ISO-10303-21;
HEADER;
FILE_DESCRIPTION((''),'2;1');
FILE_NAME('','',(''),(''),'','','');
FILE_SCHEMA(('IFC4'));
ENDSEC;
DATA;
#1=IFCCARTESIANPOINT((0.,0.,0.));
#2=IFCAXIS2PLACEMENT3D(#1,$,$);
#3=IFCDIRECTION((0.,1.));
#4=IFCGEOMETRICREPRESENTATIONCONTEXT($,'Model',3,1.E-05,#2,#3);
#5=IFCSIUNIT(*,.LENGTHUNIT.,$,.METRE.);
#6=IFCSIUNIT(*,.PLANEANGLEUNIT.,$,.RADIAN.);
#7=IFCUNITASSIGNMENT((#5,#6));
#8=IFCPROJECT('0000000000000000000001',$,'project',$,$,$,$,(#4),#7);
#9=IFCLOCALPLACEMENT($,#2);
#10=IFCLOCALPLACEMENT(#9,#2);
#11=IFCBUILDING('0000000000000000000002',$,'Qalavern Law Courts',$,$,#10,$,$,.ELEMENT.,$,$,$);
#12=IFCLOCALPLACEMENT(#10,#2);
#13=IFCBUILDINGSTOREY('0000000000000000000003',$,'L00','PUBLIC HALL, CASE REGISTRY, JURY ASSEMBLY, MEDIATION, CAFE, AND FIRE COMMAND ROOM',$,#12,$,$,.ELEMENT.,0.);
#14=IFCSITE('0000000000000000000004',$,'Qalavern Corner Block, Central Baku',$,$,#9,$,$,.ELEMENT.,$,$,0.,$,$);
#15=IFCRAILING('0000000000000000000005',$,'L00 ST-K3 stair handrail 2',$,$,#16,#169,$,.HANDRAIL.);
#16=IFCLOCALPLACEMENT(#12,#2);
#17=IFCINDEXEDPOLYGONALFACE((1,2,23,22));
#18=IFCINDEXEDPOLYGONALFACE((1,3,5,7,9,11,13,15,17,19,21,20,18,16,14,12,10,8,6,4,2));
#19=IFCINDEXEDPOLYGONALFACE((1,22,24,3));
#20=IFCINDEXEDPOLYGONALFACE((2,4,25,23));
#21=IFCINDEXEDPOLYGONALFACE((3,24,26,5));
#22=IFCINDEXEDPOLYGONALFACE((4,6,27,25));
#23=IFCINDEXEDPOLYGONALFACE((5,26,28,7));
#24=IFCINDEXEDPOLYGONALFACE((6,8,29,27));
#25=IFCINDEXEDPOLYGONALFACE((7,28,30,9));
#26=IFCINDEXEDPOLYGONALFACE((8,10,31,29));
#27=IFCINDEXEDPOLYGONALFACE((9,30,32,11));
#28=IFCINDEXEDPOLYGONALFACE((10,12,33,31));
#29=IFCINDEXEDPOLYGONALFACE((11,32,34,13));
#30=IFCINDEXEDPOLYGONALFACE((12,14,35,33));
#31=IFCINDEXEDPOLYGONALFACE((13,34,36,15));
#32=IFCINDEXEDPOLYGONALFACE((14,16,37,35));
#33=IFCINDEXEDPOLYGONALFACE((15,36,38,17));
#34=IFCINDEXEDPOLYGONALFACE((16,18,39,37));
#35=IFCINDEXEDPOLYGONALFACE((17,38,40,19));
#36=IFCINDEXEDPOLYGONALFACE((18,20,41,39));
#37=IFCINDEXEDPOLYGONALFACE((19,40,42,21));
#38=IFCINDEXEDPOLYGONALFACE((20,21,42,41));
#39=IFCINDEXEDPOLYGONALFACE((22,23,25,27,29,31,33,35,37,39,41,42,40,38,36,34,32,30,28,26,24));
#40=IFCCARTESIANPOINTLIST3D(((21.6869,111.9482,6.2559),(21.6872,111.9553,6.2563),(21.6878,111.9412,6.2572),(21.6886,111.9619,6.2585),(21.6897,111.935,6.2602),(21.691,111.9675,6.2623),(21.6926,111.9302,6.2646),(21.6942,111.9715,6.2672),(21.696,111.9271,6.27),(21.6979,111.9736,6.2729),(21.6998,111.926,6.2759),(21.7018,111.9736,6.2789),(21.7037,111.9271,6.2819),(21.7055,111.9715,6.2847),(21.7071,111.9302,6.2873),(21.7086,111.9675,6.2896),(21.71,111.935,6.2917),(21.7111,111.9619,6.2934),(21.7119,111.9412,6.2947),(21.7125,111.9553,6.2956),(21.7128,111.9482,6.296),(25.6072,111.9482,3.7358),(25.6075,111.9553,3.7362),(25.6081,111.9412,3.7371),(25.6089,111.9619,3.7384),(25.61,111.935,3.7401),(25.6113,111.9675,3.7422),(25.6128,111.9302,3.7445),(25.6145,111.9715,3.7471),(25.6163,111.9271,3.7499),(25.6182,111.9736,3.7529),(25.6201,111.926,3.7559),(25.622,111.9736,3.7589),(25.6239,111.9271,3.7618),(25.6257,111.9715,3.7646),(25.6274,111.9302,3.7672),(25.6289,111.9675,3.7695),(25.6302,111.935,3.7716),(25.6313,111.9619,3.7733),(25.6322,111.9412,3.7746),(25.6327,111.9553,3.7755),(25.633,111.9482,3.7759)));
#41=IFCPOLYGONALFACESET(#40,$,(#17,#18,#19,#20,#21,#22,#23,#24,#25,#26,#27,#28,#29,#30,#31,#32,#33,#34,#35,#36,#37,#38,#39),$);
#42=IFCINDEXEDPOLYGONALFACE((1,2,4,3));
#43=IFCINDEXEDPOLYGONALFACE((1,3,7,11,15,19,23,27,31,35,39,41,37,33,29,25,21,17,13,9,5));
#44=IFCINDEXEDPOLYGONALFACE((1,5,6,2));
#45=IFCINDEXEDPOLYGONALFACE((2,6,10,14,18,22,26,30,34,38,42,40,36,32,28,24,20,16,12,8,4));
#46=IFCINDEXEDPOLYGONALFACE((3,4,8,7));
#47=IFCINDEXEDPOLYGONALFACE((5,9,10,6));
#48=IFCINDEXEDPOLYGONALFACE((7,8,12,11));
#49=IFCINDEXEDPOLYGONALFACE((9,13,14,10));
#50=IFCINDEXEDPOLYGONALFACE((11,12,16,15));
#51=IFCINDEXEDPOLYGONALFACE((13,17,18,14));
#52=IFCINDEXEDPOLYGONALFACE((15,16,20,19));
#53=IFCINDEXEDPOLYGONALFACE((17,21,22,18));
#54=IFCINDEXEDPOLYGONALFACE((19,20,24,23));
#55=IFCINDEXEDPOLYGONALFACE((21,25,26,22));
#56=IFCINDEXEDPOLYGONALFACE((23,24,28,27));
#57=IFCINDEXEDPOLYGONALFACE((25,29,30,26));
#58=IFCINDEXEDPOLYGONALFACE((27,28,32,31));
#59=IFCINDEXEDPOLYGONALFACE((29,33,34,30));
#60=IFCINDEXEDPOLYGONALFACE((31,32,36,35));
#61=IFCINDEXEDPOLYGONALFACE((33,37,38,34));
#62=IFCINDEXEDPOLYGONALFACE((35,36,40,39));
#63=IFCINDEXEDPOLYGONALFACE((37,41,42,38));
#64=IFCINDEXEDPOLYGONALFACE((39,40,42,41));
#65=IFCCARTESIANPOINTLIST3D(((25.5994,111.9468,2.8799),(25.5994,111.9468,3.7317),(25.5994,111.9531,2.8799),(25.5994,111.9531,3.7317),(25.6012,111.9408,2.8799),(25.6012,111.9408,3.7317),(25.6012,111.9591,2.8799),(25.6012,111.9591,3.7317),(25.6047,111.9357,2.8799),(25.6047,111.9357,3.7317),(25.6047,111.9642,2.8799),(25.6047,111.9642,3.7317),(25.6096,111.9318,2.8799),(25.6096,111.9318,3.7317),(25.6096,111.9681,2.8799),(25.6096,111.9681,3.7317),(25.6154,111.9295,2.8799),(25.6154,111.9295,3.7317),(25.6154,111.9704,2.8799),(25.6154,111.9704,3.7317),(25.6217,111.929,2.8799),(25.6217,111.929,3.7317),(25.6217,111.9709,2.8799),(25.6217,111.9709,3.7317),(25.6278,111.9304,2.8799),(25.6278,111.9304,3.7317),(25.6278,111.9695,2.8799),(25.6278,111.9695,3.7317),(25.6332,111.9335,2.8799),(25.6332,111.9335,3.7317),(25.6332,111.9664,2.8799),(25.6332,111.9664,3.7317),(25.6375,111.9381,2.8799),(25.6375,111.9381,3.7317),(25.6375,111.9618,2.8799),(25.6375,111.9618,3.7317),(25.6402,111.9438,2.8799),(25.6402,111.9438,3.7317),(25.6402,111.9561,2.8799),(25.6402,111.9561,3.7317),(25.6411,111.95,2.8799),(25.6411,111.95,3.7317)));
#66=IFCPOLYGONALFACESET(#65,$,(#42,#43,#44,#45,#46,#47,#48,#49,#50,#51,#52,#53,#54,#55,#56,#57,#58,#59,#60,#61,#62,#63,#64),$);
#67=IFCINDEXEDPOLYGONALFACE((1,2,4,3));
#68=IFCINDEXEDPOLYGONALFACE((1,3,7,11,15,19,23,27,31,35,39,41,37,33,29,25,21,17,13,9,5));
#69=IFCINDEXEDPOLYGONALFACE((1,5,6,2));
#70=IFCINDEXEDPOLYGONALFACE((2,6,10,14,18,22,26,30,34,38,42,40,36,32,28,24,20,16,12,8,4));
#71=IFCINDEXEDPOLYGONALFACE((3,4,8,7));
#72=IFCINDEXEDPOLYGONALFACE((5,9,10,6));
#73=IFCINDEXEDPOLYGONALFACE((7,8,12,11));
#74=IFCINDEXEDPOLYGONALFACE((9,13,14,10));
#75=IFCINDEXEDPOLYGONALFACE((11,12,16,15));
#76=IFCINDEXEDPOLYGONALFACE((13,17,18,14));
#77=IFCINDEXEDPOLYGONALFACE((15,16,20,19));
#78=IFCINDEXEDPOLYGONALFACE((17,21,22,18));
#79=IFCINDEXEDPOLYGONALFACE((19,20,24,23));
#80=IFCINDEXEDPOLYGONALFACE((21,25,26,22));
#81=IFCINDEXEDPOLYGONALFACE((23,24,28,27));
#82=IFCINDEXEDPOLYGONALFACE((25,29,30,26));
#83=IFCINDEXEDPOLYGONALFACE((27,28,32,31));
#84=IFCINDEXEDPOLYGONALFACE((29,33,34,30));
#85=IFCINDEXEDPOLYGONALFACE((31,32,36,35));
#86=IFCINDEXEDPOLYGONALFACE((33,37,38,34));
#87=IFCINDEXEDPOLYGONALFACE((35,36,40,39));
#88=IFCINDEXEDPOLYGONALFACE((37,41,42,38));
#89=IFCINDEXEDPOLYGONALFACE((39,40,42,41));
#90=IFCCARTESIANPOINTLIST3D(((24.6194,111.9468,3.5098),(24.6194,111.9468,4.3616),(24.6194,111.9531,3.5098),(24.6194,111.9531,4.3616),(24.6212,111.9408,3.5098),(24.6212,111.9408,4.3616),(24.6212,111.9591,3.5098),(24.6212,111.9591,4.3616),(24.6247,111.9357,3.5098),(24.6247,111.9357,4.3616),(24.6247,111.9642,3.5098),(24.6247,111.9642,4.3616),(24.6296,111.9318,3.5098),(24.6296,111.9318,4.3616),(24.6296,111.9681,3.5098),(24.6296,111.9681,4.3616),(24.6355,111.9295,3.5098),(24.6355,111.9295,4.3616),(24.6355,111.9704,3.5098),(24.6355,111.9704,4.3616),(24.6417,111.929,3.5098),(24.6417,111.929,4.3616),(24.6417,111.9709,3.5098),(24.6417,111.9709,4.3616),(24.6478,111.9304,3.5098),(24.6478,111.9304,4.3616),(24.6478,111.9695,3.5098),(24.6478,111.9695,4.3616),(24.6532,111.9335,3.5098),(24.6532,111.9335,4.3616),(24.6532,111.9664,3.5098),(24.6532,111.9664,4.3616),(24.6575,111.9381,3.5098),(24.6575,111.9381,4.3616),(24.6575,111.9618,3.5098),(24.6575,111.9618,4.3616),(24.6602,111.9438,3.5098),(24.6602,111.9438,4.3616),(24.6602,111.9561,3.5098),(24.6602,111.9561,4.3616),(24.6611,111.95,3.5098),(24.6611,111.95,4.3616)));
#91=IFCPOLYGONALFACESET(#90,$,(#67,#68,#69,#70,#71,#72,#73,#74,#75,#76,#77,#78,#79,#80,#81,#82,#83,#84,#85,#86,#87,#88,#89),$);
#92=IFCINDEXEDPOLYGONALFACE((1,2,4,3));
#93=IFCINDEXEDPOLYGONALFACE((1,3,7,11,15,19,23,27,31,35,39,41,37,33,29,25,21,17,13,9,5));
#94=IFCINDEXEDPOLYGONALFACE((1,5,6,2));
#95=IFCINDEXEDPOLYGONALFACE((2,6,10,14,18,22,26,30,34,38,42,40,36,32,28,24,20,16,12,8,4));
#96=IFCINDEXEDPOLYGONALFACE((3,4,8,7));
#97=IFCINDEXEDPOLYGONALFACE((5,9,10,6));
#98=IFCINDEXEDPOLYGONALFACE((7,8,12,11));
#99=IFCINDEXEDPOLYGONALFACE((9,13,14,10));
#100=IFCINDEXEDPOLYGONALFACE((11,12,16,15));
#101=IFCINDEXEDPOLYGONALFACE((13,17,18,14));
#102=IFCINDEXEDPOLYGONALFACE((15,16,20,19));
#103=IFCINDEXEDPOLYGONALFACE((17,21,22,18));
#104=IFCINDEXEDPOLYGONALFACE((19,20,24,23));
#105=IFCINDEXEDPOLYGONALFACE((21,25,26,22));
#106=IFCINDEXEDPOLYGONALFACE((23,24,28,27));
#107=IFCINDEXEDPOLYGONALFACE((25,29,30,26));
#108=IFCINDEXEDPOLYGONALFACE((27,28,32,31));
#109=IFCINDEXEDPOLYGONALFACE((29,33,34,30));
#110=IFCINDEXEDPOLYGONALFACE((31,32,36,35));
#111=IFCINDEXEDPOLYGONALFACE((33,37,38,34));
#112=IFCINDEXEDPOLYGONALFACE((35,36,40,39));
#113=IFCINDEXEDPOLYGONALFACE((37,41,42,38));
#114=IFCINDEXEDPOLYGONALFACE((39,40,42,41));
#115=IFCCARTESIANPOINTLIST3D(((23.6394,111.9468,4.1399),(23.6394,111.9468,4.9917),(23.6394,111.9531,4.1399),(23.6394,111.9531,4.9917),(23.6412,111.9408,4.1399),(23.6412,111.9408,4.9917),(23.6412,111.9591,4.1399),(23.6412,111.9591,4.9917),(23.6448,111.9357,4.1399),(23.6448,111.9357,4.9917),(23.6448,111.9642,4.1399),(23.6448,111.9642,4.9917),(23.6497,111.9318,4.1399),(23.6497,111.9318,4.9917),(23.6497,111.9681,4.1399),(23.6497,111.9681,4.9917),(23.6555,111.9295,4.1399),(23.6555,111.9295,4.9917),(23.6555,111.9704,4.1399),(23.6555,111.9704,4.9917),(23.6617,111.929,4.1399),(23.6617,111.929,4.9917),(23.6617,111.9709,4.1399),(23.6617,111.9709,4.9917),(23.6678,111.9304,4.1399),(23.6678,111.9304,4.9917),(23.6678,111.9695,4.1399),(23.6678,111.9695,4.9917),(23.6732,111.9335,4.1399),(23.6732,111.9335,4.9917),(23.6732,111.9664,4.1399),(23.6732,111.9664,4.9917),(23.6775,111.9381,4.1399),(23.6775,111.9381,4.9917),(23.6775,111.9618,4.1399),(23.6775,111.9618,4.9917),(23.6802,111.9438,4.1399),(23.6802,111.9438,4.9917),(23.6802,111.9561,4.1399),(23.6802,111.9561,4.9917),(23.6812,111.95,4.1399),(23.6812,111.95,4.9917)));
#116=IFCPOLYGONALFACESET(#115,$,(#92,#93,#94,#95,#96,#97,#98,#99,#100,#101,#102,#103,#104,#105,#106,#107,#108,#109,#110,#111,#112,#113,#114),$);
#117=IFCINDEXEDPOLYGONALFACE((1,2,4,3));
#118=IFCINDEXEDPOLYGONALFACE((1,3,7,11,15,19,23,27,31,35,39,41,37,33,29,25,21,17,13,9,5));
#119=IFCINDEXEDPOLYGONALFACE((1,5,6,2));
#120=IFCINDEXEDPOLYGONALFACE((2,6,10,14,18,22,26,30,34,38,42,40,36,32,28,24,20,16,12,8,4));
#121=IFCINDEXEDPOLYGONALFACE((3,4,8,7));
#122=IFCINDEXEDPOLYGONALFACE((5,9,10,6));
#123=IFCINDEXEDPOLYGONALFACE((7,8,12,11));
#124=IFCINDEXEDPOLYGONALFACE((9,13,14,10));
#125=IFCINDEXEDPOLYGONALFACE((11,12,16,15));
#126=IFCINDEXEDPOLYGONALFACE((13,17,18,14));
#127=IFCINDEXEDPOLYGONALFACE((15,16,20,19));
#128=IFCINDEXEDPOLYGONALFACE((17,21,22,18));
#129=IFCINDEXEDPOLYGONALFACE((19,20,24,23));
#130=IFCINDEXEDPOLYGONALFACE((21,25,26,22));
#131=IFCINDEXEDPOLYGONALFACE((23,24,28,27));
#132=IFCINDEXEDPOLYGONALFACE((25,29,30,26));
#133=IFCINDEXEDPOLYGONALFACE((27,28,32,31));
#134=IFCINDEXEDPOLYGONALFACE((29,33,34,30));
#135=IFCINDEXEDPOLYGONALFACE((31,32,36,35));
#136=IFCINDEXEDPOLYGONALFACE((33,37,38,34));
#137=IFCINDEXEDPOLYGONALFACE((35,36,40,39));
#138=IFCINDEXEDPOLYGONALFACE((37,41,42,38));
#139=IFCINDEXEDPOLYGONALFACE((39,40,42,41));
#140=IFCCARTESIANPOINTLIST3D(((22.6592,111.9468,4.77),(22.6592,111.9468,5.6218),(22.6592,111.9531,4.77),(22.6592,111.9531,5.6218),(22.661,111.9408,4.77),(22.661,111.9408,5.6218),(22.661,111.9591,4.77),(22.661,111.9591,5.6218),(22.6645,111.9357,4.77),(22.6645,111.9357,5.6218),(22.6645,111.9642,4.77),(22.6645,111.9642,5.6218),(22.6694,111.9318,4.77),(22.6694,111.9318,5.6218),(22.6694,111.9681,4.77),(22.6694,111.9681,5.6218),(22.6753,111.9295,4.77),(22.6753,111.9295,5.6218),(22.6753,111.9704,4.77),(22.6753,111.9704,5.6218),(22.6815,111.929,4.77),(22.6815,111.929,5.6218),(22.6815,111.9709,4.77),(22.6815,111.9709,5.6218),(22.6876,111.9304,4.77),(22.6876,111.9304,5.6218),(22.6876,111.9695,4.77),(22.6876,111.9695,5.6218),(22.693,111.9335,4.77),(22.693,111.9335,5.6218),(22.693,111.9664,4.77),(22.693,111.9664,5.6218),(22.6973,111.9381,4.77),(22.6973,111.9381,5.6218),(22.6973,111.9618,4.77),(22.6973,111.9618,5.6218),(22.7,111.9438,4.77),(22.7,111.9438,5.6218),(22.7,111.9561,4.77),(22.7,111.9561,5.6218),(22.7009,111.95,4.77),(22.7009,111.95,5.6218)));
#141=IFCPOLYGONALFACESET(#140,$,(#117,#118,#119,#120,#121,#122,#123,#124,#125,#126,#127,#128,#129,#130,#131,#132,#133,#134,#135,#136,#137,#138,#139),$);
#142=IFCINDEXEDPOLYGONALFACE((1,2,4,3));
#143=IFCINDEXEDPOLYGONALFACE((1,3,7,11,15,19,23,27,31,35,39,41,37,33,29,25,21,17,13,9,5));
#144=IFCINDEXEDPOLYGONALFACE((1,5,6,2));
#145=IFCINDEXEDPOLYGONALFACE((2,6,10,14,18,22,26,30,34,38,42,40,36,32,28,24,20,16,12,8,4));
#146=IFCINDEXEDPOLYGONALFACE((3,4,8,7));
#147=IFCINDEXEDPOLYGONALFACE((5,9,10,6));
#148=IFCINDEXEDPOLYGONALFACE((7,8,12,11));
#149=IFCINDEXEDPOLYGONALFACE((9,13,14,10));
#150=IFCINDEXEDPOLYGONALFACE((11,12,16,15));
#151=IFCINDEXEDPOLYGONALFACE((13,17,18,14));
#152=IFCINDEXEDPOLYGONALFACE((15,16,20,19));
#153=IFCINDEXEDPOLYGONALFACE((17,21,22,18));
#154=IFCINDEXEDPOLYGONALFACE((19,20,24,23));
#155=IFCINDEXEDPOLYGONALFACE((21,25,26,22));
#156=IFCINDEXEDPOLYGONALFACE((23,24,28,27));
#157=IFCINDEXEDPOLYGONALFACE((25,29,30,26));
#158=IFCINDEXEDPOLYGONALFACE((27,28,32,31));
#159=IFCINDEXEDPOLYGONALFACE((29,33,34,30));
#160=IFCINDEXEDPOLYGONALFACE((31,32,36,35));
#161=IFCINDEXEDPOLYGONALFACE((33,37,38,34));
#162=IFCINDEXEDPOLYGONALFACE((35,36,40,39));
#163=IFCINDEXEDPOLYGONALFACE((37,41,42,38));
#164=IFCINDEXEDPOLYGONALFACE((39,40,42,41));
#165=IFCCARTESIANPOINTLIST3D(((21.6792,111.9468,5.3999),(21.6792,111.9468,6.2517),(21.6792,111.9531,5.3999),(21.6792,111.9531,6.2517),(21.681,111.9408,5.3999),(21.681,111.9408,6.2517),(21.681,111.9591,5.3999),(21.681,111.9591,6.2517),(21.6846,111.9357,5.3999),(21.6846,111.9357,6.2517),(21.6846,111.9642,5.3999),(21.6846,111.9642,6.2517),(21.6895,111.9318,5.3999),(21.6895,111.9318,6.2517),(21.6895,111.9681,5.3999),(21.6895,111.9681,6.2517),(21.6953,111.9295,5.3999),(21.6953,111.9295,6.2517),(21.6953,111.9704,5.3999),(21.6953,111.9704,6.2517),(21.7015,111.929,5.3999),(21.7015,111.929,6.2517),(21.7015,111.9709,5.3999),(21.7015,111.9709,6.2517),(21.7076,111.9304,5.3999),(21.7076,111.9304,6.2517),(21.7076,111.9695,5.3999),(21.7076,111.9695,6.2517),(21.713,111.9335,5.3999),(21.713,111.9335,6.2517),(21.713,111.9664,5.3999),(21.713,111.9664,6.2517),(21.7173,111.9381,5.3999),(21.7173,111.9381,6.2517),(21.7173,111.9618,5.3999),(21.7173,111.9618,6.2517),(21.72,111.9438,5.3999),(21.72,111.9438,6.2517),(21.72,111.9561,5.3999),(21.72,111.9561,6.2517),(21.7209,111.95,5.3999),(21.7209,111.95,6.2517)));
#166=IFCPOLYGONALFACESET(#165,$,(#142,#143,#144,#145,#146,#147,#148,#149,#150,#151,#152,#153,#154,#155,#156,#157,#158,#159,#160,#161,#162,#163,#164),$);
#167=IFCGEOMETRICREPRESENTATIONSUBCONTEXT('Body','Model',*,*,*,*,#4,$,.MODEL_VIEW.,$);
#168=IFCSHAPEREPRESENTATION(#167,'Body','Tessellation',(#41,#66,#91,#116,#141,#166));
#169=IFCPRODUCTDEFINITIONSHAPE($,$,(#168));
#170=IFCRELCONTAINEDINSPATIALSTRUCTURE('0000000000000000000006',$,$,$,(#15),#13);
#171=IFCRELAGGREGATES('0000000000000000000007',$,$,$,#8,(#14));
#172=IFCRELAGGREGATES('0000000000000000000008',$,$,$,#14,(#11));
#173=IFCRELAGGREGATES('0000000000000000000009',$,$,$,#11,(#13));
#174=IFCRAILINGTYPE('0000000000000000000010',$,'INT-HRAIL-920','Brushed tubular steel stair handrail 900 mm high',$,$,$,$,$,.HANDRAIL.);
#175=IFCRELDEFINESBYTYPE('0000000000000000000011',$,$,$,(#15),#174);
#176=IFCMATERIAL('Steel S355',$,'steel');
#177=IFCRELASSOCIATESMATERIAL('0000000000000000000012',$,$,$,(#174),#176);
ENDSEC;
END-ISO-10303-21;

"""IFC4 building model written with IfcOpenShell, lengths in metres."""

from ifc_helpers import new_model, si_unit, direction, frame, origin, origin_2d, place, context, subcontext, project, spatial, circle, extrude, material, type_object, element, save


model = new_model("IFC4")

# Units and contexts
model_context = context("Model", 3, precision=1e-05, world=origin(), true_north=direction((0.0, 1.0)))
body_context = subcontext(model_context, "Body", "Model", "MODEL_VIEW")
ifc_project = project(units=[si_unit("LENGTHUNIT", "METRE"), si_unit("PLANEANGLEUNIT", "RADIAN")], contexts=[model_context])

# Site, building, storey
site_placement = place(None, origin())
site = spatial("IfcSite", under=ifc_project, at=site_placement, Name="Qalavern Corner Block, Central Baku", CompositionType="ELEMENT", RefElevation=0.0)
building_placement = place(site_placement, origin())
building = spatial("IfcBuilding", under=site, at=building_placement, Name="Qalavern Law Courts", CompositionType="ELEMENT")
storey_placement = place(building_placement, origin())
storey = spatial("IfcBuildingStorey", under=building, at=storey_placement, Name="L00", Description="PUBLIC HALL, CASE REGISTRY, JURY ASSEMBLY, MEDIATION, CAFE, AND FIRE COMMAND ROOM", CompositionType="ELEMENT", Elevation=0.0)

# Railing
ifc_material_1 = material(Name="Steel S355", Category="steel")
railing_type_1 = type_object("IfcRailingType", Name="INT-HRAIL-920", Description="Brushed tubular steel stair handrail 900 mm high", PredefinedType="HANDRAIL", material=ifc_material_1)
railing_1_placement = place(storey_placement, frame((25.6201, 111.95, 2.8799)))
element("IfcRailing", 1, at=railing_1_placement, inside=storey, type_object=railing_type_1, Name="L00 ST-K3 stair handrail 2", PredefinedType="HANDRAIL", context=body_context, shape_type="SweptSolid", body=[
    extrude(circle(Radius=0.0239, at=origin_2d()), frame((0.0, 0.0, 0.876), z_axis=(-0.841187, 0.0, 0.540744), x_axis=(0.0, -1.0, 0.0)), (0.0, 0.0, 1.0), 4.6604),
    extrude(circle(Radius=0.021, at=origin_2d()), origin(), (0.0, 0.0, 1.0), 0.8518),
    extrude(circle(Radius=0.021, at=origin_2d()), frame((-0.98, 0.0, 0.6299)), (0.0, 0.0, 1.0), 0.8518),
    extrude(circle(Radius=0.021, at=origin_2d()), frame((-1.96, 0.0, 1.26)), (0.0, 0.0, 1.0), 0.8518),
    extrude(circle(Radius=0.021, at=origin_2d()), frame((-2.9402, 0.0, 1.8901)), (0.0, 0.0, 1.0), 0.8518),
    extrude(circle(Radius=0.021, at=origin_2d()), frame((-3.9202, 0.0, 2.52)), (0.0, 0.0, 1.0), 0.8518),
])

save(model, "model.ifc")
